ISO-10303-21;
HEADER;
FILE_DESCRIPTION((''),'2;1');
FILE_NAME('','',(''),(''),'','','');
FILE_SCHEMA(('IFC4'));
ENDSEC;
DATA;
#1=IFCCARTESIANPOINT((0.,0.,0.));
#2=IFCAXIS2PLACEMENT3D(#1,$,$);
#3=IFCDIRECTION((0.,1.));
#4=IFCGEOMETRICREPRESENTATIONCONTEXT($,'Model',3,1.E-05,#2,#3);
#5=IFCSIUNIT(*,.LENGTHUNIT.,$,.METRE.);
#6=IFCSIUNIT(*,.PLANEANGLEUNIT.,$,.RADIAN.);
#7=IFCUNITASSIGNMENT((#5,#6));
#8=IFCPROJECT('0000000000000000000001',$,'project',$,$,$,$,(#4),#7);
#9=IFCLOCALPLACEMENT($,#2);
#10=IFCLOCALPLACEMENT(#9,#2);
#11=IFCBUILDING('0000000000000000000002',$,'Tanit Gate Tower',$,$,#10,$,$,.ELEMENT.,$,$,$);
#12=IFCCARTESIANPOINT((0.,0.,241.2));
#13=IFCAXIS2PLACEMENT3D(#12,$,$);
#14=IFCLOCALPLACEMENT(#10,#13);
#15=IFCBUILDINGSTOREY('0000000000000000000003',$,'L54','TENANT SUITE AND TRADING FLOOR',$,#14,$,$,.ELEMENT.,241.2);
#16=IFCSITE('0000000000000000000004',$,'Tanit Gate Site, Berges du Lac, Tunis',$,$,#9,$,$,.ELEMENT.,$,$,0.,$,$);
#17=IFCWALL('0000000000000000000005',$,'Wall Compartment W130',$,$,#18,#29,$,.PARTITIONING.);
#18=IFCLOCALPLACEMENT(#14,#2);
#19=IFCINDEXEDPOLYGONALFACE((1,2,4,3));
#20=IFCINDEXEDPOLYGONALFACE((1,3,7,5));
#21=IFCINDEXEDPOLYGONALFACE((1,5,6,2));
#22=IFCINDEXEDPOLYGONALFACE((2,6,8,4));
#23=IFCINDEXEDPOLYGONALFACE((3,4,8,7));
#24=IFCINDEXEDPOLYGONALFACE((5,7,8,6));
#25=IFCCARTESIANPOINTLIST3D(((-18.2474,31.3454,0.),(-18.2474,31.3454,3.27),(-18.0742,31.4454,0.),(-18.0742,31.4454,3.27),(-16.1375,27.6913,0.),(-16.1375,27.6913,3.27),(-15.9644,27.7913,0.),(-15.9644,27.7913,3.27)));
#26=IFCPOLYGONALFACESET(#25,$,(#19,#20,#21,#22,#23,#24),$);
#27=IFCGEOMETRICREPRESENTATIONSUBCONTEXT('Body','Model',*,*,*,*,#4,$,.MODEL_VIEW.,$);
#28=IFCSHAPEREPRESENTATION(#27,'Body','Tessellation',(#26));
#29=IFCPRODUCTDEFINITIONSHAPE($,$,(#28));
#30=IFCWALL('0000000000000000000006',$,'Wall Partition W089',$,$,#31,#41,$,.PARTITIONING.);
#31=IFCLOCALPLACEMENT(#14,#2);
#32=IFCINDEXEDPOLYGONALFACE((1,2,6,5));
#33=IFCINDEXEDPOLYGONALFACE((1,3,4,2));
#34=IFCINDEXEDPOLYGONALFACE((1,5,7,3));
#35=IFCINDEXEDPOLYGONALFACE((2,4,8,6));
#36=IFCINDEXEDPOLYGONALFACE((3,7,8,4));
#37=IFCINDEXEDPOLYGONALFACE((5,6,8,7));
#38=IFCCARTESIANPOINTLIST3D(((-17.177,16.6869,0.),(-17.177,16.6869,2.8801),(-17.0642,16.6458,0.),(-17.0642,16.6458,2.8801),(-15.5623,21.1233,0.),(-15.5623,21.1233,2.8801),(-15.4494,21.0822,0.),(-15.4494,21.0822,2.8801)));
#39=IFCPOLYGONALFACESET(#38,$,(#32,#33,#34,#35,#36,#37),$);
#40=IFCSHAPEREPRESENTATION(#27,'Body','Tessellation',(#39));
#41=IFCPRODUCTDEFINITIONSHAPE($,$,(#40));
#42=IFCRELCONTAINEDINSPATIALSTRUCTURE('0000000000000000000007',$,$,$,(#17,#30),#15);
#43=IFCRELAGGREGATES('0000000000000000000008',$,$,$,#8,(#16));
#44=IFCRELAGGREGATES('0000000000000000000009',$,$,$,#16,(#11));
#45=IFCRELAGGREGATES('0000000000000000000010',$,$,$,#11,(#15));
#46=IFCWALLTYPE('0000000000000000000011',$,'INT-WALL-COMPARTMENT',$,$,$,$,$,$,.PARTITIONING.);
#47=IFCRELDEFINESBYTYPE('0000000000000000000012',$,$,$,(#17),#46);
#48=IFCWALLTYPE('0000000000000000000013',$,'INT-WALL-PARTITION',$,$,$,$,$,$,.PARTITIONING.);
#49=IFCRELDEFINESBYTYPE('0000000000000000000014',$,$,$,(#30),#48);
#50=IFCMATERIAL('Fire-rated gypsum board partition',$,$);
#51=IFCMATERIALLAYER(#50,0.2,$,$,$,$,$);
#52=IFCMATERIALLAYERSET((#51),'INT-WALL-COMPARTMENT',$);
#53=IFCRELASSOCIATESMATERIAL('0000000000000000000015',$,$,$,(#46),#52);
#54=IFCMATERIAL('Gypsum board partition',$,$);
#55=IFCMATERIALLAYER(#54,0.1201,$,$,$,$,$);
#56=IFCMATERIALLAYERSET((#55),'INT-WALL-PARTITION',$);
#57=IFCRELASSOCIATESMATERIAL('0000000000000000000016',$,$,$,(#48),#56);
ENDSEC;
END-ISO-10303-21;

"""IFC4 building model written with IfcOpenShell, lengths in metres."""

from ifc_helpers import new_model, si_unit, direction, frame, frame_2d, origin, place, context, subcontext, project, spatial, rectangle, extrude, material, layer, layer_set, type_object, element, save


model = new_model("IFC4")

# Units and contexts
model_context = context("Model", 3, precision=1e-05, world=origin(), true_north=direction((0.0, 1.0)))
body_context = subcontext(model_context, "Body", "Model", "MODEL_VIEW")
ifc_project = project(units=[si_unit("LENGTHUNIT", "METRE"), si_unit("PLANEANGLEUNIT", "RADIAN")], contexts=[model_context])

# Site, building, storey
site_placement = place(None, origin())
site = spatial("IfcSite", under=ifc_project, at=site_placement, Name="Tanit Gate Site, Berges du Lac, Tunis", CompositionType="ELEMENT", RefElevation=0.0)
building_placement = place(site_placement, origin())
building = spatial("IfcBuilding", under=site, at=building_placement, Name="Tanit Gate Tower", CompositionType="ELEMENT")
storey_placement = place(building_placement, frame((0.0, 0.0, 241.2)))
storey = spatial("IfcBuildingStorey", under=building, at=storey_placement, Name="L54", Description="TENANT SUITE AND TRADING FLOOR", CompositionType="ELEMENT", Elevation=241.2)

# Walls
ifc_material_1 = material(Name="Fire-rated gypsum board partition")
ifc_layer_1 = layer(ifc_material_1, 0.2)
ifc_layer_set_1 = layer_set([ifc_layer_1], Name="INT-WALL-COMPARTMENT")
wall_type_1 = type_object("IfcWallType", Name="INT-WALL-COMPARTMENT", PredefinedType="PARTITIONING", material=ifc_layer_set_1)
wall_1_placement = place(storey_placement, frame((-18.1609, 31.3955, 0.0), z_axis=(0.0, 0.0, 1.0), x_axis=(0.500035, -0.866005, 0.0)))
element("IfcWall", 1, at=wall_1_placement, inside=storey, type_object=wall_type_1, Name="Wall Compartment W130", PredefinedType="PARTITIONING", context=body_context, shape_type="SweptSolid", body=[
    extrude(rectangle(XDim=4.2195, YDim=0.2, at=frame_2d((2.1099, 0.0))), origin(), (0.0, 0.0, 1.0), 3.27),
])
ifc_material_2 = material(Name="Gypsum board partition")
ifc_layer_2 = layer(ifc_material_2, 0.1201)
ifc_layer_set_2 = layer_set([ifc_layer_2], Name="INT-WALL-PARTITION")
wall_type_2 = type_object("IfcWallType", Name="INT-WALL-PARTITION", PredefinedType="PARTITIONING", material=ifc_layer_set_2)
wall_2_placement = place(storey_placement, frame((-15.5059, 21.1028, 0.0), z_axis=(0.0, 0.0, 1.0), x_axis=(-0.342017, -0.939694, 0.0)))
element("IfcWall", 2, at=wall_2_placement, inside=storey, type_object=wall_type_2, Name="Wall Partition W089", PredefinedType="PARTITIONING", context=body_context, shape_type="SweptSolid", body=[
    extrude(rectangle(XDim=4.7212, YDim=0.1201, at=frame_2d((2.3606, 0.0))), origin(), (0.0, 0.0, 1.0), 2.8801),
])

save(model, "model.ifc")
